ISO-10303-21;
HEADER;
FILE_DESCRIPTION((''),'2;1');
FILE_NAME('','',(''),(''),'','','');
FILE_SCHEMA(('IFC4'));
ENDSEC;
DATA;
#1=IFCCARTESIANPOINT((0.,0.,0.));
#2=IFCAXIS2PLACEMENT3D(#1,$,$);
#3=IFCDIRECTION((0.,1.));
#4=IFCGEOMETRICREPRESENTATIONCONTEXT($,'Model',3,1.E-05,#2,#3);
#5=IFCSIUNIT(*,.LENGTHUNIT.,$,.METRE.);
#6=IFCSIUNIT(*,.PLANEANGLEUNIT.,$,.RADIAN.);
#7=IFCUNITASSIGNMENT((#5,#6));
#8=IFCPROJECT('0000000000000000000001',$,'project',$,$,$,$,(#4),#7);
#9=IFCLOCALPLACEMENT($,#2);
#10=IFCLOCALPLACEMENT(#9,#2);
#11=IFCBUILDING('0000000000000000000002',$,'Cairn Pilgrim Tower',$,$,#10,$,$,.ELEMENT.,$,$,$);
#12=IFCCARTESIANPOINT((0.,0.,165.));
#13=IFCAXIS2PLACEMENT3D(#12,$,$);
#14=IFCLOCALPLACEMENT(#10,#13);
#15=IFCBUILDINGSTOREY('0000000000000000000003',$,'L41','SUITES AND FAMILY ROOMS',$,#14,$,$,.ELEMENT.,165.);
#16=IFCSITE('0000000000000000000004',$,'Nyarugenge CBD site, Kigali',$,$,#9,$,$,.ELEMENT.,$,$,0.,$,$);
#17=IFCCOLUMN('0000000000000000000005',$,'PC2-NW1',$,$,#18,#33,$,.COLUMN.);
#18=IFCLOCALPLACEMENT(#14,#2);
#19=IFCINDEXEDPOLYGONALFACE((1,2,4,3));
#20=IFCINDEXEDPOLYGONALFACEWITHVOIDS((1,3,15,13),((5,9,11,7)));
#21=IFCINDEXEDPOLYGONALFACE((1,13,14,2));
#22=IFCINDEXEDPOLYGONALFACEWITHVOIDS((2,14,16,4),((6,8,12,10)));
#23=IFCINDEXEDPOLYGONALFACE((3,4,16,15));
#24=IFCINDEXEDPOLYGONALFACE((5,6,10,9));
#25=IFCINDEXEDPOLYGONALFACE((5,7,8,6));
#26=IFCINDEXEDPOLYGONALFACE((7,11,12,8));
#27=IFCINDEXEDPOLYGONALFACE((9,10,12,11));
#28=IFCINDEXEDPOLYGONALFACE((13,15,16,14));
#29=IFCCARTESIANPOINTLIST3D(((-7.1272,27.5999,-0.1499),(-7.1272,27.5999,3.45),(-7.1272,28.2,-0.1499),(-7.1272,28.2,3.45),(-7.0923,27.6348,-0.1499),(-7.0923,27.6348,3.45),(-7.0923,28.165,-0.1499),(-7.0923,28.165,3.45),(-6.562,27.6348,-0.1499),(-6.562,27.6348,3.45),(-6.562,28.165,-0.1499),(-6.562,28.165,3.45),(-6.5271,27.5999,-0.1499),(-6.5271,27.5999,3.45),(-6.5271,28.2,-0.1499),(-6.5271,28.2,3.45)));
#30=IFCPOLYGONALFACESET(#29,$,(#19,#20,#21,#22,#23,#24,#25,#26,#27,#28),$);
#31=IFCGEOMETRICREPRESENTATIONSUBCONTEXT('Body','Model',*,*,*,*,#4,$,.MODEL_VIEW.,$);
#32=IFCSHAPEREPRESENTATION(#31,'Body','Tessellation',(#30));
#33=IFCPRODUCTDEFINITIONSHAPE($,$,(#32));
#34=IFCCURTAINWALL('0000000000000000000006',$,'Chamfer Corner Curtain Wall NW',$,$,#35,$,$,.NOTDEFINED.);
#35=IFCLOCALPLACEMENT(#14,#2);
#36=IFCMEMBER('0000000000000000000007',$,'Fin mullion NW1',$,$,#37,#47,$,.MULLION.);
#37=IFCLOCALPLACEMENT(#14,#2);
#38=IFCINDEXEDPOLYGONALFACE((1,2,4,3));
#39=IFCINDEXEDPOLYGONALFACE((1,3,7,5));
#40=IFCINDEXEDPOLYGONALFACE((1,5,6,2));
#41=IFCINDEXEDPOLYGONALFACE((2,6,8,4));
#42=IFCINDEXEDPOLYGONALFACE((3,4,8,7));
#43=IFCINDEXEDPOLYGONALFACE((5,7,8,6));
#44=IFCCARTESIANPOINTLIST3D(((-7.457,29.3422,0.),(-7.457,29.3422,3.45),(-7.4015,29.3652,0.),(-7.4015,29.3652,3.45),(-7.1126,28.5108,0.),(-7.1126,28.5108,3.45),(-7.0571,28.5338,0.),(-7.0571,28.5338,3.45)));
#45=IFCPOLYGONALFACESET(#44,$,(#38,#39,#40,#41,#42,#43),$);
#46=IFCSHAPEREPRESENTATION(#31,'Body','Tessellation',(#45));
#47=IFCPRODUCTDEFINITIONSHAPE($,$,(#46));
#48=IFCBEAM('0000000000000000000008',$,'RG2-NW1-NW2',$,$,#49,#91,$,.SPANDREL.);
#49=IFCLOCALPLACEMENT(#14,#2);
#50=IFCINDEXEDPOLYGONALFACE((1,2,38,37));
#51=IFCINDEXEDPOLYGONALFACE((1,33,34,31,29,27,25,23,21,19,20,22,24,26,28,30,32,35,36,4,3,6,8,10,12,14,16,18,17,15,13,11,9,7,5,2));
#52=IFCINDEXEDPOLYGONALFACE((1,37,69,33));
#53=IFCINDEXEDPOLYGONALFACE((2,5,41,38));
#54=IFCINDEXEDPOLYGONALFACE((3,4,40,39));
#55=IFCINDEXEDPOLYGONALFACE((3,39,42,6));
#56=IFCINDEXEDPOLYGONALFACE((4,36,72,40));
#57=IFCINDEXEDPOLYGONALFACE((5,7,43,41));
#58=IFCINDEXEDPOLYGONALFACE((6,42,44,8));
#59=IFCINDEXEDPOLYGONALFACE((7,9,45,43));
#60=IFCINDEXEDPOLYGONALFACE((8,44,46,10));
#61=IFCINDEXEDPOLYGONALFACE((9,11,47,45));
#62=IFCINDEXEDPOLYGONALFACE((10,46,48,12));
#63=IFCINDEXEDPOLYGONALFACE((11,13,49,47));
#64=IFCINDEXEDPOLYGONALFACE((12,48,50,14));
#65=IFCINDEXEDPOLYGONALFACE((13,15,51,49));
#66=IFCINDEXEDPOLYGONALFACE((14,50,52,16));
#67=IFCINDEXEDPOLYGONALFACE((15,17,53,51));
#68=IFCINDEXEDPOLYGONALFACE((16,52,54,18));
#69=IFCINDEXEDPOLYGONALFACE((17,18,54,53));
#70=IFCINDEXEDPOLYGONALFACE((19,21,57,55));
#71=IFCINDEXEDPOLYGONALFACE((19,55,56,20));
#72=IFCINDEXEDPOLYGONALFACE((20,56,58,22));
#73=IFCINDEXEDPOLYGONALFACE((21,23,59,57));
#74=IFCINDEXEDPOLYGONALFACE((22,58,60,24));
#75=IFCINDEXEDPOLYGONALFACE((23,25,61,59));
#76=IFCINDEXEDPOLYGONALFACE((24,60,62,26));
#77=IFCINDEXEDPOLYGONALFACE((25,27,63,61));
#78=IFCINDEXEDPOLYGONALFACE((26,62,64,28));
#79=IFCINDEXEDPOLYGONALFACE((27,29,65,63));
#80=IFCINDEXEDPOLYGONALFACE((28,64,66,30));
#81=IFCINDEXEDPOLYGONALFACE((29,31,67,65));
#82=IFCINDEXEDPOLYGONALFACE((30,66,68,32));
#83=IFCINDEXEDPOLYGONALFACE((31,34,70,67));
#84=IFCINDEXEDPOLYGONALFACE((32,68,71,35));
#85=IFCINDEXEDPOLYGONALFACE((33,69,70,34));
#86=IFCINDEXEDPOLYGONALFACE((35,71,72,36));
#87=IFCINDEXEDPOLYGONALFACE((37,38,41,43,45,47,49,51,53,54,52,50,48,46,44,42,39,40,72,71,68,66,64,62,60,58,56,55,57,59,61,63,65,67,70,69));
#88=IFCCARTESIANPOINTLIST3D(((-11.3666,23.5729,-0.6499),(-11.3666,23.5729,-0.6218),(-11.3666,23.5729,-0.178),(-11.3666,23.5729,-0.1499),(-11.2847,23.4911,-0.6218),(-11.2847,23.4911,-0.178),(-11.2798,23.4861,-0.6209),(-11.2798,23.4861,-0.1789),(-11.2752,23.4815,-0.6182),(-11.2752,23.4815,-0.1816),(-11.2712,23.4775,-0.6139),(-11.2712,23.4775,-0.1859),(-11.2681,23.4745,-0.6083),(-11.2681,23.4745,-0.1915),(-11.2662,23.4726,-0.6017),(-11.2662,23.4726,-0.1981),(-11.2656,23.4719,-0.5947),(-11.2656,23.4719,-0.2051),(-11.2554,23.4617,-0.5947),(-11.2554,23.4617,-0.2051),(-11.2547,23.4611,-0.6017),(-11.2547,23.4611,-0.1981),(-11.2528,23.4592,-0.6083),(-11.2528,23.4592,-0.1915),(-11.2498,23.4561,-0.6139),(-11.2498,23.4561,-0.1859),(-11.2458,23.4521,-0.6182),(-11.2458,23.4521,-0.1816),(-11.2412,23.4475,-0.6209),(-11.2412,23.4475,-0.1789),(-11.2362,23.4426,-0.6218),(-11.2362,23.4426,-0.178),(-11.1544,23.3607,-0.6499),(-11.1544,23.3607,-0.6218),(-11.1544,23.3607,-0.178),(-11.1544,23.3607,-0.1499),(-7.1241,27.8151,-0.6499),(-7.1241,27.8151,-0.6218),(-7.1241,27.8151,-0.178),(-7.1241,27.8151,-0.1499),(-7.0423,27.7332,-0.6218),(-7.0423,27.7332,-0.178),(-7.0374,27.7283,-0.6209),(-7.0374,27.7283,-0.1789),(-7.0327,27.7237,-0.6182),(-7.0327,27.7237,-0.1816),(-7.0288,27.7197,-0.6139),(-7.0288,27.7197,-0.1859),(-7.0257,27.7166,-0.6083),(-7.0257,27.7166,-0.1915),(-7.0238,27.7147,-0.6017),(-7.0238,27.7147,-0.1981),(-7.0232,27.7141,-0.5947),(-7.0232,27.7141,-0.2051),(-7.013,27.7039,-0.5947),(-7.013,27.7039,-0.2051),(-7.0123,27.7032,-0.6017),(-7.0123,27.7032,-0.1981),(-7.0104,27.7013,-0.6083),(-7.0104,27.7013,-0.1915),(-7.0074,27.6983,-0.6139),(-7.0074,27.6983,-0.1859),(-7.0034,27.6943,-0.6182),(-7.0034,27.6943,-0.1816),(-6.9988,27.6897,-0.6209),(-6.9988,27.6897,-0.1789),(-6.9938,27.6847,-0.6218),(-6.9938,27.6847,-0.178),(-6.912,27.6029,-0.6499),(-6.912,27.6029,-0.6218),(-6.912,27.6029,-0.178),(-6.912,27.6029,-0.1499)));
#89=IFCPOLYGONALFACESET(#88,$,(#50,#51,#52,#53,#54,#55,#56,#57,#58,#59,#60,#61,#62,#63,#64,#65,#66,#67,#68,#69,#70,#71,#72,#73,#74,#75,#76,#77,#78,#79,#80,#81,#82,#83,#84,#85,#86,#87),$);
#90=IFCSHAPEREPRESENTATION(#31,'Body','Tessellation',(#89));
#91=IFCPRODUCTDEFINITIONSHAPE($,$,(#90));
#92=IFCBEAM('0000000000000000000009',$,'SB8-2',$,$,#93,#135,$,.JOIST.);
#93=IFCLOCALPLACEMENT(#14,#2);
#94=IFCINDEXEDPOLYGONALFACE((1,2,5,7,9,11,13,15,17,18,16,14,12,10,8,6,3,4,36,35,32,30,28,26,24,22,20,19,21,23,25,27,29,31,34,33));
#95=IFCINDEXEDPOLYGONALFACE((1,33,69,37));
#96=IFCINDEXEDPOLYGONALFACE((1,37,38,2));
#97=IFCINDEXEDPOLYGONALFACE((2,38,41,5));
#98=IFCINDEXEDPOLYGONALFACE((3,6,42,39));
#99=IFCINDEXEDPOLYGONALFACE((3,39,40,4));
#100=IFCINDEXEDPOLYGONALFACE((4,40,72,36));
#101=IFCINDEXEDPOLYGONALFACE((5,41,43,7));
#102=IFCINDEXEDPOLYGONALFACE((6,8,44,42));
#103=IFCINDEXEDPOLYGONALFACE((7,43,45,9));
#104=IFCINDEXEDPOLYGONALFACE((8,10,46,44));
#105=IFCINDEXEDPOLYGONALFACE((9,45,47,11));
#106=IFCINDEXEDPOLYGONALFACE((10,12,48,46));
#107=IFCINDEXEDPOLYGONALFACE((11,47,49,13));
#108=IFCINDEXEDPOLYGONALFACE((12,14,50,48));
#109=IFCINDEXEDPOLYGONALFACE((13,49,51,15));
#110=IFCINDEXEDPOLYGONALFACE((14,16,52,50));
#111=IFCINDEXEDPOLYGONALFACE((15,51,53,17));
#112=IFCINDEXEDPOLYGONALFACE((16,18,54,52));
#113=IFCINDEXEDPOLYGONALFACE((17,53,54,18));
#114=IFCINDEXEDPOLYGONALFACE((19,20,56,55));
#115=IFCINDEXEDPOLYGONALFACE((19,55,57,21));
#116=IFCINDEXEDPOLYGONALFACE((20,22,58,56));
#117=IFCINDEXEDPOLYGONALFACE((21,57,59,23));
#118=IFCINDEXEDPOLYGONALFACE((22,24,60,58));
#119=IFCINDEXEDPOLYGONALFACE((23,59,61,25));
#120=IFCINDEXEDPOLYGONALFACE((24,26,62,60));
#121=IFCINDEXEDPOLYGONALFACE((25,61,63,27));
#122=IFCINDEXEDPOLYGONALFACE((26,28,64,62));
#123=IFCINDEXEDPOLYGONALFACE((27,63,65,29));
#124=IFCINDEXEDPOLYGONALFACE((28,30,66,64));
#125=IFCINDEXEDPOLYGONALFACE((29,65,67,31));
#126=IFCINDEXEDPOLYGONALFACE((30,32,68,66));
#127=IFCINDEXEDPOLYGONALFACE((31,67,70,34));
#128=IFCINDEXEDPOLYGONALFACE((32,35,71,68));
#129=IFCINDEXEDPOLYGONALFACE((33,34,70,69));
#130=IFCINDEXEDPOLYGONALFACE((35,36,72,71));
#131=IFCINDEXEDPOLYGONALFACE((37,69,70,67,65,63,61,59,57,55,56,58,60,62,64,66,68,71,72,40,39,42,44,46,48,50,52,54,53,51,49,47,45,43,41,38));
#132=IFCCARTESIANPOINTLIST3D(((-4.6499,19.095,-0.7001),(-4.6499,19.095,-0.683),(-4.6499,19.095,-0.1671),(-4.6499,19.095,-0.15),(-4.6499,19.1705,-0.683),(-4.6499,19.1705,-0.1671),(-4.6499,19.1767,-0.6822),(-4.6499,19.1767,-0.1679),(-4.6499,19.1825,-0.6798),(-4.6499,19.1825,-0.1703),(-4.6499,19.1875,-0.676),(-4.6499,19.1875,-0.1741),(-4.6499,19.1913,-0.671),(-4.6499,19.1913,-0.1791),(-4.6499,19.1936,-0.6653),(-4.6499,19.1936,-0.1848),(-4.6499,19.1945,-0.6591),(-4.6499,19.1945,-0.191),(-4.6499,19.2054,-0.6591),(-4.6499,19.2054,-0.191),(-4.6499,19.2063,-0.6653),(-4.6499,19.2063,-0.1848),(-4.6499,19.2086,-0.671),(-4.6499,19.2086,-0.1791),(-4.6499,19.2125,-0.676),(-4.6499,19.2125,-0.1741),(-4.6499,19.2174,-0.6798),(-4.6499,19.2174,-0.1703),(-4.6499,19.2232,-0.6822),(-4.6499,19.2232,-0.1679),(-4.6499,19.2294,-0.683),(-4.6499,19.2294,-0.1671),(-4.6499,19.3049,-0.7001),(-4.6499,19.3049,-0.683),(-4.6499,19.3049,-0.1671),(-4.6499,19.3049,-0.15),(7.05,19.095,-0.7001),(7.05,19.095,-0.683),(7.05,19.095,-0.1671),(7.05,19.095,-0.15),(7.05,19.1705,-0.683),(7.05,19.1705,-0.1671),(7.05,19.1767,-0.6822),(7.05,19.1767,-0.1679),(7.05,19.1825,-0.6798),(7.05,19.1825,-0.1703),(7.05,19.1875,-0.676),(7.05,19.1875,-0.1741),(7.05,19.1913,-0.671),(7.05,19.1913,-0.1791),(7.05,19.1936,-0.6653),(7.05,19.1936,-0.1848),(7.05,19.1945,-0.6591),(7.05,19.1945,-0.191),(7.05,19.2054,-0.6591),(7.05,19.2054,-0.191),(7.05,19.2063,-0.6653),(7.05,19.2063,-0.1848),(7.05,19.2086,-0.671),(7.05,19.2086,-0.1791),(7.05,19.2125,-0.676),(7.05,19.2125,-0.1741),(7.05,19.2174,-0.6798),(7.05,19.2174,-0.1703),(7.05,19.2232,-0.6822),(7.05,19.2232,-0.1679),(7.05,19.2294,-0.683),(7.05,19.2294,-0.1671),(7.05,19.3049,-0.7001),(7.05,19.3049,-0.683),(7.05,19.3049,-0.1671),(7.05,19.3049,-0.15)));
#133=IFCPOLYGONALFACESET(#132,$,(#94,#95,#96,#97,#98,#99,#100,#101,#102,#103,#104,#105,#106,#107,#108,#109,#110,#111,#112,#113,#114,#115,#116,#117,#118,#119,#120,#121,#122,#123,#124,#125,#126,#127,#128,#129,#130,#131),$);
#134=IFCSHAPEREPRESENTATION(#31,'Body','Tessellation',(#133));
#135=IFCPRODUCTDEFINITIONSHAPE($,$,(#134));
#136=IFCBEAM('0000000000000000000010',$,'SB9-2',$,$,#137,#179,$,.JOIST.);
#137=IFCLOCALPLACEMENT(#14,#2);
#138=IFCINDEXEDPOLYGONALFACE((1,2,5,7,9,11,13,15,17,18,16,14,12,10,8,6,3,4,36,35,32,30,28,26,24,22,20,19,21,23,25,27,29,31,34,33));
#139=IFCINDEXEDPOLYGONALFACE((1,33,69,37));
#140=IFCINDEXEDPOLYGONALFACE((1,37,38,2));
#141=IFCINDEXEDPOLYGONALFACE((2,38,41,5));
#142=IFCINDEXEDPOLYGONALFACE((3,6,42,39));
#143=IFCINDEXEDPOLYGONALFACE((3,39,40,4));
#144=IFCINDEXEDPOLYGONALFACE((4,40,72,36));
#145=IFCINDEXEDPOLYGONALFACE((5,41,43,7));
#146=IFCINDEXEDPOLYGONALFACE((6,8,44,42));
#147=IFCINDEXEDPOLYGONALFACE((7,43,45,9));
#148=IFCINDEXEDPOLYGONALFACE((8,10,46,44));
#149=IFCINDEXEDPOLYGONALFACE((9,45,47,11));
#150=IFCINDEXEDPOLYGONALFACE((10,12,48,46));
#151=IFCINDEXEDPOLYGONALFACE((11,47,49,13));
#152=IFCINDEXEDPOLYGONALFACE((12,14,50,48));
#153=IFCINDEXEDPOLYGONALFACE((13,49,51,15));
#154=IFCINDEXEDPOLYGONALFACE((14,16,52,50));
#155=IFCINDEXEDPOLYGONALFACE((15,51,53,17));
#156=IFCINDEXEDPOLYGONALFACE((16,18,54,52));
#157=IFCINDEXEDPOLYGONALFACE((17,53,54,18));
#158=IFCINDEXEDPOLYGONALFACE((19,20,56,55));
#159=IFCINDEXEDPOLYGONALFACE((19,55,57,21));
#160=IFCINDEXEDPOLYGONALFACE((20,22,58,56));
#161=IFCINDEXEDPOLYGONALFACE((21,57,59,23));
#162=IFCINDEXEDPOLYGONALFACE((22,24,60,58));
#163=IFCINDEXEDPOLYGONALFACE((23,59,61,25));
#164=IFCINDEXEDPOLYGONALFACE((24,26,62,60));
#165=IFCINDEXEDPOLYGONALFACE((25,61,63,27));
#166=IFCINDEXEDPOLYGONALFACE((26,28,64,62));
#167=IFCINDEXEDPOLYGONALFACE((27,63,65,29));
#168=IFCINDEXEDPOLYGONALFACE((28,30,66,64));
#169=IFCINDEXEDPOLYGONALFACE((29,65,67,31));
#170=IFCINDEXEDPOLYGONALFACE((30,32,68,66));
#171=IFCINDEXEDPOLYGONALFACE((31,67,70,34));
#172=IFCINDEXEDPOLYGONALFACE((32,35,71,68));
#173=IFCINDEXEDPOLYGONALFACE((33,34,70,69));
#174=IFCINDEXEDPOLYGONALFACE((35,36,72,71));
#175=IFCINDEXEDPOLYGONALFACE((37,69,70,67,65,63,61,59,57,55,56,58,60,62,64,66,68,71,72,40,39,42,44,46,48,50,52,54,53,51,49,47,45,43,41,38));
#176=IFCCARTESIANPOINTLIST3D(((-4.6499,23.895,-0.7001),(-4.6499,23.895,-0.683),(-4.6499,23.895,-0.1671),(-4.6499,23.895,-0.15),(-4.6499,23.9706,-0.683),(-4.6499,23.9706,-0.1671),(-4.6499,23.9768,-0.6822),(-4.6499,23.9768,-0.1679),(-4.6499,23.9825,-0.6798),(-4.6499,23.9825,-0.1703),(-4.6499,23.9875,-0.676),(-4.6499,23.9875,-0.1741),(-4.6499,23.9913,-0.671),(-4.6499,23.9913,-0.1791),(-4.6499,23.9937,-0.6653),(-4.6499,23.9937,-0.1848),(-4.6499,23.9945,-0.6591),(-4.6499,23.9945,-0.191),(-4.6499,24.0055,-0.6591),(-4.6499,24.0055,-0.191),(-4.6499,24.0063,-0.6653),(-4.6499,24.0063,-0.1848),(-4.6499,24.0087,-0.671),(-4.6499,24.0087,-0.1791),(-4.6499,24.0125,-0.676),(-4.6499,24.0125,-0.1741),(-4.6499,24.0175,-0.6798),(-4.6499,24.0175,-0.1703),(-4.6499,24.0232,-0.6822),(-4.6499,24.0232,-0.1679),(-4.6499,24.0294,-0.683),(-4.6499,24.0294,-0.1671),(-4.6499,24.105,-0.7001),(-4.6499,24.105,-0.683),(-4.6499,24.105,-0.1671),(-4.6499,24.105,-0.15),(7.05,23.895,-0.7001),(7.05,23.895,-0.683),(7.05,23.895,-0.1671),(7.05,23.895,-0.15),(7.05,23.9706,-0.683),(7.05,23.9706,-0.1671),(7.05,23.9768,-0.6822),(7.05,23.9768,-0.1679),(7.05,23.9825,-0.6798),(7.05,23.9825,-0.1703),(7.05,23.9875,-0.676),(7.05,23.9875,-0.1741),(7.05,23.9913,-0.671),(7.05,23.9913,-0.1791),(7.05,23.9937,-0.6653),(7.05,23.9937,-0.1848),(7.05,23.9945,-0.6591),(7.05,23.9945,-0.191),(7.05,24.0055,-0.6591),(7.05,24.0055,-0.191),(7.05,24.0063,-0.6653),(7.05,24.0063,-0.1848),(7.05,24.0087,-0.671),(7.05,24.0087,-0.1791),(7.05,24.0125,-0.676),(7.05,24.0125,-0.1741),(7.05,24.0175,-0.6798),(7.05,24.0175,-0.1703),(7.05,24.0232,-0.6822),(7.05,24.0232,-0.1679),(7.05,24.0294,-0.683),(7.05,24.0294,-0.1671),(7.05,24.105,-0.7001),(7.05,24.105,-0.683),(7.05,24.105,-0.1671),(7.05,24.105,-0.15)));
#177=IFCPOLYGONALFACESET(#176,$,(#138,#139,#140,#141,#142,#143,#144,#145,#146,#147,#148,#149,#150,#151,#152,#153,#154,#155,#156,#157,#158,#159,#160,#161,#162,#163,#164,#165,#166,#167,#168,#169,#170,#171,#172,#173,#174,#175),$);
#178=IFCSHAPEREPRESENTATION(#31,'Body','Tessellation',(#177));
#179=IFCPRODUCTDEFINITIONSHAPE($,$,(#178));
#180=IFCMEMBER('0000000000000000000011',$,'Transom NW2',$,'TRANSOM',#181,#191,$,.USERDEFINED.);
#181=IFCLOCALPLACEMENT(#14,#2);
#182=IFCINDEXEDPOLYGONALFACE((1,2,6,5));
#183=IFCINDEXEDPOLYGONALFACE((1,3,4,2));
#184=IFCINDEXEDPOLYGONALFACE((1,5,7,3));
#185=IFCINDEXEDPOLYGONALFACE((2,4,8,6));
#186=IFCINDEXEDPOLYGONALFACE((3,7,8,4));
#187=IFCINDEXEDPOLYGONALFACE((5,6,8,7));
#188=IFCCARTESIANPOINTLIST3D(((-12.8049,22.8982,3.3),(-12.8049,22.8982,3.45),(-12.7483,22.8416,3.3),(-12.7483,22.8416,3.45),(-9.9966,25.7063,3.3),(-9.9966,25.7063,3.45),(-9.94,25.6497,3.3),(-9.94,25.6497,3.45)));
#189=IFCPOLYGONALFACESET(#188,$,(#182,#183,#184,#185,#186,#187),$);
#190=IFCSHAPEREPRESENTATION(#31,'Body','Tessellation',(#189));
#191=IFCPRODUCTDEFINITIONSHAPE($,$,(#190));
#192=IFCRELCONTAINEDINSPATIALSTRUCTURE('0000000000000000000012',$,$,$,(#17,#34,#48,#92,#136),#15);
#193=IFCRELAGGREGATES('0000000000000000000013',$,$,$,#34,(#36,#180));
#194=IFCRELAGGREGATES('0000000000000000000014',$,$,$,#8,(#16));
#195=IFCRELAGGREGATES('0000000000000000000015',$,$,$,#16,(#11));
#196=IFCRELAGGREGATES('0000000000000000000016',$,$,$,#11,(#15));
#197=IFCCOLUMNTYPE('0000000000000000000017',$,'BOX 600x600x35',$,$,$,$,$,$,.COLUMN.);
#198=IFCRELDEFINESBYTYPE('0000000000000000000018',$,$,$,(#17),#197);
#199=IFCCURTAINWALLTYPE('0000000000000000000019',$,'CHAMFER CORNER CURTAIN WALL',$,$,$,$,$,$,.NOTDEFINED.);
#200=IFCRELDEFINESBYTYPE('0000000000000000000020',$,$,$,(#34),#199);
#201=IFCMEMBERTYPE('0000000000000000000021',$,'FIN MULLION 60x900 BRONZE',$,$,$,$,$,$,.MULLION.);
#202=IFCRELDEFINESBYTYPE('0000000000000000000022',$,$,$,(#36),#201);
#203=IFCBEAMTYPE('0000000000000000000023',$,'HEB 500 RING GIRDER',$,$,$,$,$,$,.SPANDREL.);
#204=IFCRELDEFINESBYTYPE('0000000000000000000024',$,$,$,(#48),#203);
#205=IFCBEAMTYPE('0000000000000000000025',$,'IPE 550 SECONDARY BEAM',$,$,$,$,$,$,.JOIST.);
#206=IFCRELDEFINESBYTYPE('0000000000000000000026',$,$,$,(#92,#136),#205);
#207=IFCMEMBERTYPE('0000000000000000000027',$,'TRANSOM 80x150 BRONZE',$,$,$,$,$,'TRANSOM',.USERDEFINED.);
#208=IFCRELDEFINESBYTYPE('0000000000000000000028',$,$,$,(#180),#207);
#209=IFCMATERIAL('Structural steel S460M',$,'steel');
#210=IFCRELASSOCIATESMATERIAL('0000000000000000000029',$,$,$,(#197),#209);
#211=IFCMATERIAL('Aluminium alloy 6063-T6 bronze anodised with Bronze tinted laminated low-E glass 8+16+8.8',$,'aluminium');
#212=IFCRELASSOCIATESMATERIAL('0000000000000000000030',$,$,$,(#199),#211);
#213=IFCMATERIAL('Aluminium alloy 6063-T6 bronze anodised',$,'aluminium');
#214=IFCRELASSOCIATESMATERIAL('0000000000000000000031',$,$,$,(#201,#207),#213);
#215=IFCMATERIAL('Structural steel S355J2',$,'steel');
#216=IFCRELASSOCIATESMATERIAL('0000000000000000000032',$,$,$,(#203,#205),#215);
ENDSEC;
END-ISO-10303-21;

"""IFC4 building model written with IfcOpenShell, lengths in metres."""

from ifc_helpers import new_model, si_unit, direction, frame, origin, origin_2d, place, context, subcontext, project, spatial, rectangle, hollow_rectangle, i_section, extrude, material, material_profile, profile_set, type_object, element, aggregate, save


model = new_model("IFC4")

# Units and contexts
model_context = context("Model", 3, precision=1e-05, world=origin(), true_north=direction((0.0, 1.0)))
body_context = subcontext(model_context, "Body", "Model", "MODEL_VIEW")
ifc_project = project(units=[si_unit("LENGTHUNIT", "METRE"), si_unit("PLANEANGLEUNIT", "RADIAN")], contexts=[model_context])

# Site, building, storey
site_placement = place(None, origin())
site = spatial("IfcSite", under=ifc_project, at=site_placement, Name="Nyarugenge CBD site, Kigali", CompositionType="ELEMENT", RefElevation=0.0)
building_placement = place(site_placement, origin())
building = spatial("IfcBuilding", under=site, at=building_placement, Name="Cairn Pilgrim Tower", CompositionType="ELEMENT")
storey_placement = place(building_placement, frame((0.0, 0.0, 165.0)))
storey = spatial("IfcBuildingStorey", under=building, at=storey_placement, Name="L41", Description="SUITES AND FAMILY ROOMS", CompositionType="ELEMENT", Elevation=165.0)

# Column
ifc_material_1 = material(Name="Structural steel S460M", Category="steel")
ifc_material_profile_1 = material_profile(ifc_material_1, hollow_rectangle(XDim=0.6001, YDim=0.6001, WallThickness=0.0349, at=origin_2d()), Name="BOX 600x600x35")
ifc_profile_set_1 = profile_set([ifc_material_profile_1], Name="Structural steel S460M")
column_type = type_object("IfcColumnType", Name="BOX 600x600x35", PredefinedType="COLUMN", material=ifc_profile_set_1)
column_placement = place(storey_placement, frame((-6.8271, 27.8999, -0.1499), z_axis=(0.0, 0.0, 1.0), x_axis=(1.0, 0.0, 0.0)))
element("IfcColumn", 1, at=column_placement, inside=storey, type_object=column_type, Name="PC2-NW1", PredefinedType="COLUMN", context=body_context, shape_type="SweptSolid", body=[
    extrude(hollow_rectangle(XDim=0.6001, YDim=0.6001, WallThickness=0.0349, at=origin_2d()), origin(), (0.0, 0.0, 1.0), 3.5999),
])

# Curtain wall, member
ifc_material_2 = material(Name="Aluminium alloy 6063-T6 bronze anodised with Bronze tinted laminated low-E glass 8+16+8.8", Category="aluminium")
curtain_wall_type_1 = type_object("IfcCurtainWallType", Name="CHAMFER CORNER CURTAIN WALL", PredefinedType="NOTDEFINED", material=ifc_material_2)
curtain_wall_1_placement = place(storey_placement, origin())
curtain_wall_1 = element("IfcCurtainWall", 2, at=curtain_wall_1_placement, inside=storey, type_object=curtain_wall_type_1, Name="Chamfer Corner Curtain Wall NW", PredefinedType="NOTDEFINED")
ifc_material_3 = material(Name="Aluminium alloy 6063-T6 bronze anodised", Category="aluminium")
ifc_material_profile_2 = material_profile(ifc_material_3, rectangle(XDim=0.8999, YDim=0.0601, at=origin_2d()), Name="FIN MULLION 60x900 BRONZE")
ifc_profile_set_2 = profile_set([ifc_material_profile_2], Name="Aluminium alloy 6063-T6 bronze anodised")
member_type_1 = type_object("IfcMemberType", Name="FIN MULLION 60x900 BRONZE", PredefinedType="MULLION", material=ifc_profile_set_2)
member_1_placement = place(storey_placement, frame((-7.2571, 28.938, 0.0), z_axis=(0.0, 0.0, 1.0), x_axis=(-0.382683, 0.92388, 0.0)))
member_1 = element("IfcMember", 3, at=member_1_placement, type_object=member_type_1, Name="Fin mullion NW1", PredefinedType="MULLION", context=body_context, shape_type="SweptSolid", body=[
    extrude(rectangle(XDim=0.8999, YDim=0.0601, at=origin_2d()), origin(), (0.0, 0.0, 1.0), 3.45),
])

# Beams
ifc_material_4 = material(Name="Structural steel S355J2", Category="steel")
ifc_material_profile_3 = material_profile(ifc_material_4, i_section(OverallWidth=0.3, OverallDepth=0.5, WebThickness=0.0144, FlangeThickness=0.0281, FilletRadius=0.0271, at=origin_2d()), Name="HEB 500")
ifc_profile_set_3 = profile_set([ifc_material_profile_3], Name="Structural steel S355J2")
beam_type_1 = type_object("IfcBeamType", Name="HEB 500 RING GIRDER", PredefinedType="SPANDREL", material=ifc_profile_set_3)
beam_placement = place(storey_placement, frame((-7.0181, 27.709, -0.3999), z_axis=(-0.707127, -0.707086, 0.0), x_axis=(0.707086, -0.707127, 0.0)))
element("IfcBeam", 4, at=beam_placement, inside=storey, type_object=beam_type_1, Name="RG2-NW1-NW2", PredefinedType="SPANDREL", context=body_context, shape_type="SweptSolid", body=[
    extrude(i_section(OverallWidth=0.3, OverallDepth=0.5, WebThickness=0.0144, FlangeThickness=0.0281, FilletRadius=0.0271, at=origin_2d()), origin(), (0.0, 0.0, 1.0), 5.9995),
])
ifc_material_profile_4 = material_profile(ifc_material_4, i_section(OverallWidth=0.21, OverallDepth=0.55, WebThickness=0.011, FlangeThickness=0.0171, FilletRadius=0.0239, at=origin_2d()), Name="IPE 550")
ifc_profile_set_4 = profile_set([ifc_material_profile_4], Name="Structural steel S355J2")
beam_type_2 = type_object("IfcBeamType", Name="IPE 550 SECONDARY BEAM", PredefinedType="JOIST", material=ifc_profile_set_4)
for number, where, z_axis, x_axis, name in (
    (5, (-4.6499, 19.2, -0.425), (1.0, 0.0, 0.0), (0.0, 1.0, 0.0), "SB8-2"),
    (6, (-4.6499, 24.0, -0.425), (1.0, 0.0, 0.0), (0.0, 1.0, 0.0), "SB9-2"),
):
    element("IfcBeam", number, at=place(storey_placement, frame(where, z_axis=z_axis, x_axis=x_axis)), inside=storey, type_object=beam_type_2, Name=name, PredefinedType="JOIST", context=body_context, shape_type="SweptSolid", body=[
        extrude(i_section(OverallWidth=0.21, OverallDepth=0.55, WebThickness=0.011, FlangeThickness=0.0171, FilletRadius=0.0239, at=origin_2d()), origin(), (0.0, 0.0, 1.0), 11.7),
    ])

# Member
ifc_material_profile_5 = material_profile(ifc_material_3, rectangle(XDim=0.0801, YDim=0.1499, at=origin_2d()), Name="TRANSOM 80x150 BRONZE")
ifc_profile_set_5 = profile_set([ifc_material_profile_5], Name="Aluminium alloy 6063-T6 bronze anodised")
member_type_2 = type_object("IfcMemberType", Name="TRANSOM 80x150 BRONZE", ElementType="TRANSOM", PredefinedType="USERDEFINED", material=ifc_profile_set_5)
member_2_placement = place(storey_placement, frame((-9.9683, 25.678, 3.375), z_axis=(-0.707138, -0.707076, 0.0), x_axis=(0.707076, -0.707138, 0.0)))
member_2 = element("IfcMember", 7, at=member_2_placement, type_object=member_type_2, Name="Transom NW2", ObjectType="TRANSOM", PredefinedType="USERDEFINED", context=body_context, shape_type="SweptSolid", body=[
    extrude(rectangle(XDim=0.0801, YDim=0.1499, at=origin_2d()), origin(), (0.0, 0.0, 1.0), 3.9714),
])
aggregate(curtain_wall_1, [member_1, member_2])

save(model, "model.ifc")
